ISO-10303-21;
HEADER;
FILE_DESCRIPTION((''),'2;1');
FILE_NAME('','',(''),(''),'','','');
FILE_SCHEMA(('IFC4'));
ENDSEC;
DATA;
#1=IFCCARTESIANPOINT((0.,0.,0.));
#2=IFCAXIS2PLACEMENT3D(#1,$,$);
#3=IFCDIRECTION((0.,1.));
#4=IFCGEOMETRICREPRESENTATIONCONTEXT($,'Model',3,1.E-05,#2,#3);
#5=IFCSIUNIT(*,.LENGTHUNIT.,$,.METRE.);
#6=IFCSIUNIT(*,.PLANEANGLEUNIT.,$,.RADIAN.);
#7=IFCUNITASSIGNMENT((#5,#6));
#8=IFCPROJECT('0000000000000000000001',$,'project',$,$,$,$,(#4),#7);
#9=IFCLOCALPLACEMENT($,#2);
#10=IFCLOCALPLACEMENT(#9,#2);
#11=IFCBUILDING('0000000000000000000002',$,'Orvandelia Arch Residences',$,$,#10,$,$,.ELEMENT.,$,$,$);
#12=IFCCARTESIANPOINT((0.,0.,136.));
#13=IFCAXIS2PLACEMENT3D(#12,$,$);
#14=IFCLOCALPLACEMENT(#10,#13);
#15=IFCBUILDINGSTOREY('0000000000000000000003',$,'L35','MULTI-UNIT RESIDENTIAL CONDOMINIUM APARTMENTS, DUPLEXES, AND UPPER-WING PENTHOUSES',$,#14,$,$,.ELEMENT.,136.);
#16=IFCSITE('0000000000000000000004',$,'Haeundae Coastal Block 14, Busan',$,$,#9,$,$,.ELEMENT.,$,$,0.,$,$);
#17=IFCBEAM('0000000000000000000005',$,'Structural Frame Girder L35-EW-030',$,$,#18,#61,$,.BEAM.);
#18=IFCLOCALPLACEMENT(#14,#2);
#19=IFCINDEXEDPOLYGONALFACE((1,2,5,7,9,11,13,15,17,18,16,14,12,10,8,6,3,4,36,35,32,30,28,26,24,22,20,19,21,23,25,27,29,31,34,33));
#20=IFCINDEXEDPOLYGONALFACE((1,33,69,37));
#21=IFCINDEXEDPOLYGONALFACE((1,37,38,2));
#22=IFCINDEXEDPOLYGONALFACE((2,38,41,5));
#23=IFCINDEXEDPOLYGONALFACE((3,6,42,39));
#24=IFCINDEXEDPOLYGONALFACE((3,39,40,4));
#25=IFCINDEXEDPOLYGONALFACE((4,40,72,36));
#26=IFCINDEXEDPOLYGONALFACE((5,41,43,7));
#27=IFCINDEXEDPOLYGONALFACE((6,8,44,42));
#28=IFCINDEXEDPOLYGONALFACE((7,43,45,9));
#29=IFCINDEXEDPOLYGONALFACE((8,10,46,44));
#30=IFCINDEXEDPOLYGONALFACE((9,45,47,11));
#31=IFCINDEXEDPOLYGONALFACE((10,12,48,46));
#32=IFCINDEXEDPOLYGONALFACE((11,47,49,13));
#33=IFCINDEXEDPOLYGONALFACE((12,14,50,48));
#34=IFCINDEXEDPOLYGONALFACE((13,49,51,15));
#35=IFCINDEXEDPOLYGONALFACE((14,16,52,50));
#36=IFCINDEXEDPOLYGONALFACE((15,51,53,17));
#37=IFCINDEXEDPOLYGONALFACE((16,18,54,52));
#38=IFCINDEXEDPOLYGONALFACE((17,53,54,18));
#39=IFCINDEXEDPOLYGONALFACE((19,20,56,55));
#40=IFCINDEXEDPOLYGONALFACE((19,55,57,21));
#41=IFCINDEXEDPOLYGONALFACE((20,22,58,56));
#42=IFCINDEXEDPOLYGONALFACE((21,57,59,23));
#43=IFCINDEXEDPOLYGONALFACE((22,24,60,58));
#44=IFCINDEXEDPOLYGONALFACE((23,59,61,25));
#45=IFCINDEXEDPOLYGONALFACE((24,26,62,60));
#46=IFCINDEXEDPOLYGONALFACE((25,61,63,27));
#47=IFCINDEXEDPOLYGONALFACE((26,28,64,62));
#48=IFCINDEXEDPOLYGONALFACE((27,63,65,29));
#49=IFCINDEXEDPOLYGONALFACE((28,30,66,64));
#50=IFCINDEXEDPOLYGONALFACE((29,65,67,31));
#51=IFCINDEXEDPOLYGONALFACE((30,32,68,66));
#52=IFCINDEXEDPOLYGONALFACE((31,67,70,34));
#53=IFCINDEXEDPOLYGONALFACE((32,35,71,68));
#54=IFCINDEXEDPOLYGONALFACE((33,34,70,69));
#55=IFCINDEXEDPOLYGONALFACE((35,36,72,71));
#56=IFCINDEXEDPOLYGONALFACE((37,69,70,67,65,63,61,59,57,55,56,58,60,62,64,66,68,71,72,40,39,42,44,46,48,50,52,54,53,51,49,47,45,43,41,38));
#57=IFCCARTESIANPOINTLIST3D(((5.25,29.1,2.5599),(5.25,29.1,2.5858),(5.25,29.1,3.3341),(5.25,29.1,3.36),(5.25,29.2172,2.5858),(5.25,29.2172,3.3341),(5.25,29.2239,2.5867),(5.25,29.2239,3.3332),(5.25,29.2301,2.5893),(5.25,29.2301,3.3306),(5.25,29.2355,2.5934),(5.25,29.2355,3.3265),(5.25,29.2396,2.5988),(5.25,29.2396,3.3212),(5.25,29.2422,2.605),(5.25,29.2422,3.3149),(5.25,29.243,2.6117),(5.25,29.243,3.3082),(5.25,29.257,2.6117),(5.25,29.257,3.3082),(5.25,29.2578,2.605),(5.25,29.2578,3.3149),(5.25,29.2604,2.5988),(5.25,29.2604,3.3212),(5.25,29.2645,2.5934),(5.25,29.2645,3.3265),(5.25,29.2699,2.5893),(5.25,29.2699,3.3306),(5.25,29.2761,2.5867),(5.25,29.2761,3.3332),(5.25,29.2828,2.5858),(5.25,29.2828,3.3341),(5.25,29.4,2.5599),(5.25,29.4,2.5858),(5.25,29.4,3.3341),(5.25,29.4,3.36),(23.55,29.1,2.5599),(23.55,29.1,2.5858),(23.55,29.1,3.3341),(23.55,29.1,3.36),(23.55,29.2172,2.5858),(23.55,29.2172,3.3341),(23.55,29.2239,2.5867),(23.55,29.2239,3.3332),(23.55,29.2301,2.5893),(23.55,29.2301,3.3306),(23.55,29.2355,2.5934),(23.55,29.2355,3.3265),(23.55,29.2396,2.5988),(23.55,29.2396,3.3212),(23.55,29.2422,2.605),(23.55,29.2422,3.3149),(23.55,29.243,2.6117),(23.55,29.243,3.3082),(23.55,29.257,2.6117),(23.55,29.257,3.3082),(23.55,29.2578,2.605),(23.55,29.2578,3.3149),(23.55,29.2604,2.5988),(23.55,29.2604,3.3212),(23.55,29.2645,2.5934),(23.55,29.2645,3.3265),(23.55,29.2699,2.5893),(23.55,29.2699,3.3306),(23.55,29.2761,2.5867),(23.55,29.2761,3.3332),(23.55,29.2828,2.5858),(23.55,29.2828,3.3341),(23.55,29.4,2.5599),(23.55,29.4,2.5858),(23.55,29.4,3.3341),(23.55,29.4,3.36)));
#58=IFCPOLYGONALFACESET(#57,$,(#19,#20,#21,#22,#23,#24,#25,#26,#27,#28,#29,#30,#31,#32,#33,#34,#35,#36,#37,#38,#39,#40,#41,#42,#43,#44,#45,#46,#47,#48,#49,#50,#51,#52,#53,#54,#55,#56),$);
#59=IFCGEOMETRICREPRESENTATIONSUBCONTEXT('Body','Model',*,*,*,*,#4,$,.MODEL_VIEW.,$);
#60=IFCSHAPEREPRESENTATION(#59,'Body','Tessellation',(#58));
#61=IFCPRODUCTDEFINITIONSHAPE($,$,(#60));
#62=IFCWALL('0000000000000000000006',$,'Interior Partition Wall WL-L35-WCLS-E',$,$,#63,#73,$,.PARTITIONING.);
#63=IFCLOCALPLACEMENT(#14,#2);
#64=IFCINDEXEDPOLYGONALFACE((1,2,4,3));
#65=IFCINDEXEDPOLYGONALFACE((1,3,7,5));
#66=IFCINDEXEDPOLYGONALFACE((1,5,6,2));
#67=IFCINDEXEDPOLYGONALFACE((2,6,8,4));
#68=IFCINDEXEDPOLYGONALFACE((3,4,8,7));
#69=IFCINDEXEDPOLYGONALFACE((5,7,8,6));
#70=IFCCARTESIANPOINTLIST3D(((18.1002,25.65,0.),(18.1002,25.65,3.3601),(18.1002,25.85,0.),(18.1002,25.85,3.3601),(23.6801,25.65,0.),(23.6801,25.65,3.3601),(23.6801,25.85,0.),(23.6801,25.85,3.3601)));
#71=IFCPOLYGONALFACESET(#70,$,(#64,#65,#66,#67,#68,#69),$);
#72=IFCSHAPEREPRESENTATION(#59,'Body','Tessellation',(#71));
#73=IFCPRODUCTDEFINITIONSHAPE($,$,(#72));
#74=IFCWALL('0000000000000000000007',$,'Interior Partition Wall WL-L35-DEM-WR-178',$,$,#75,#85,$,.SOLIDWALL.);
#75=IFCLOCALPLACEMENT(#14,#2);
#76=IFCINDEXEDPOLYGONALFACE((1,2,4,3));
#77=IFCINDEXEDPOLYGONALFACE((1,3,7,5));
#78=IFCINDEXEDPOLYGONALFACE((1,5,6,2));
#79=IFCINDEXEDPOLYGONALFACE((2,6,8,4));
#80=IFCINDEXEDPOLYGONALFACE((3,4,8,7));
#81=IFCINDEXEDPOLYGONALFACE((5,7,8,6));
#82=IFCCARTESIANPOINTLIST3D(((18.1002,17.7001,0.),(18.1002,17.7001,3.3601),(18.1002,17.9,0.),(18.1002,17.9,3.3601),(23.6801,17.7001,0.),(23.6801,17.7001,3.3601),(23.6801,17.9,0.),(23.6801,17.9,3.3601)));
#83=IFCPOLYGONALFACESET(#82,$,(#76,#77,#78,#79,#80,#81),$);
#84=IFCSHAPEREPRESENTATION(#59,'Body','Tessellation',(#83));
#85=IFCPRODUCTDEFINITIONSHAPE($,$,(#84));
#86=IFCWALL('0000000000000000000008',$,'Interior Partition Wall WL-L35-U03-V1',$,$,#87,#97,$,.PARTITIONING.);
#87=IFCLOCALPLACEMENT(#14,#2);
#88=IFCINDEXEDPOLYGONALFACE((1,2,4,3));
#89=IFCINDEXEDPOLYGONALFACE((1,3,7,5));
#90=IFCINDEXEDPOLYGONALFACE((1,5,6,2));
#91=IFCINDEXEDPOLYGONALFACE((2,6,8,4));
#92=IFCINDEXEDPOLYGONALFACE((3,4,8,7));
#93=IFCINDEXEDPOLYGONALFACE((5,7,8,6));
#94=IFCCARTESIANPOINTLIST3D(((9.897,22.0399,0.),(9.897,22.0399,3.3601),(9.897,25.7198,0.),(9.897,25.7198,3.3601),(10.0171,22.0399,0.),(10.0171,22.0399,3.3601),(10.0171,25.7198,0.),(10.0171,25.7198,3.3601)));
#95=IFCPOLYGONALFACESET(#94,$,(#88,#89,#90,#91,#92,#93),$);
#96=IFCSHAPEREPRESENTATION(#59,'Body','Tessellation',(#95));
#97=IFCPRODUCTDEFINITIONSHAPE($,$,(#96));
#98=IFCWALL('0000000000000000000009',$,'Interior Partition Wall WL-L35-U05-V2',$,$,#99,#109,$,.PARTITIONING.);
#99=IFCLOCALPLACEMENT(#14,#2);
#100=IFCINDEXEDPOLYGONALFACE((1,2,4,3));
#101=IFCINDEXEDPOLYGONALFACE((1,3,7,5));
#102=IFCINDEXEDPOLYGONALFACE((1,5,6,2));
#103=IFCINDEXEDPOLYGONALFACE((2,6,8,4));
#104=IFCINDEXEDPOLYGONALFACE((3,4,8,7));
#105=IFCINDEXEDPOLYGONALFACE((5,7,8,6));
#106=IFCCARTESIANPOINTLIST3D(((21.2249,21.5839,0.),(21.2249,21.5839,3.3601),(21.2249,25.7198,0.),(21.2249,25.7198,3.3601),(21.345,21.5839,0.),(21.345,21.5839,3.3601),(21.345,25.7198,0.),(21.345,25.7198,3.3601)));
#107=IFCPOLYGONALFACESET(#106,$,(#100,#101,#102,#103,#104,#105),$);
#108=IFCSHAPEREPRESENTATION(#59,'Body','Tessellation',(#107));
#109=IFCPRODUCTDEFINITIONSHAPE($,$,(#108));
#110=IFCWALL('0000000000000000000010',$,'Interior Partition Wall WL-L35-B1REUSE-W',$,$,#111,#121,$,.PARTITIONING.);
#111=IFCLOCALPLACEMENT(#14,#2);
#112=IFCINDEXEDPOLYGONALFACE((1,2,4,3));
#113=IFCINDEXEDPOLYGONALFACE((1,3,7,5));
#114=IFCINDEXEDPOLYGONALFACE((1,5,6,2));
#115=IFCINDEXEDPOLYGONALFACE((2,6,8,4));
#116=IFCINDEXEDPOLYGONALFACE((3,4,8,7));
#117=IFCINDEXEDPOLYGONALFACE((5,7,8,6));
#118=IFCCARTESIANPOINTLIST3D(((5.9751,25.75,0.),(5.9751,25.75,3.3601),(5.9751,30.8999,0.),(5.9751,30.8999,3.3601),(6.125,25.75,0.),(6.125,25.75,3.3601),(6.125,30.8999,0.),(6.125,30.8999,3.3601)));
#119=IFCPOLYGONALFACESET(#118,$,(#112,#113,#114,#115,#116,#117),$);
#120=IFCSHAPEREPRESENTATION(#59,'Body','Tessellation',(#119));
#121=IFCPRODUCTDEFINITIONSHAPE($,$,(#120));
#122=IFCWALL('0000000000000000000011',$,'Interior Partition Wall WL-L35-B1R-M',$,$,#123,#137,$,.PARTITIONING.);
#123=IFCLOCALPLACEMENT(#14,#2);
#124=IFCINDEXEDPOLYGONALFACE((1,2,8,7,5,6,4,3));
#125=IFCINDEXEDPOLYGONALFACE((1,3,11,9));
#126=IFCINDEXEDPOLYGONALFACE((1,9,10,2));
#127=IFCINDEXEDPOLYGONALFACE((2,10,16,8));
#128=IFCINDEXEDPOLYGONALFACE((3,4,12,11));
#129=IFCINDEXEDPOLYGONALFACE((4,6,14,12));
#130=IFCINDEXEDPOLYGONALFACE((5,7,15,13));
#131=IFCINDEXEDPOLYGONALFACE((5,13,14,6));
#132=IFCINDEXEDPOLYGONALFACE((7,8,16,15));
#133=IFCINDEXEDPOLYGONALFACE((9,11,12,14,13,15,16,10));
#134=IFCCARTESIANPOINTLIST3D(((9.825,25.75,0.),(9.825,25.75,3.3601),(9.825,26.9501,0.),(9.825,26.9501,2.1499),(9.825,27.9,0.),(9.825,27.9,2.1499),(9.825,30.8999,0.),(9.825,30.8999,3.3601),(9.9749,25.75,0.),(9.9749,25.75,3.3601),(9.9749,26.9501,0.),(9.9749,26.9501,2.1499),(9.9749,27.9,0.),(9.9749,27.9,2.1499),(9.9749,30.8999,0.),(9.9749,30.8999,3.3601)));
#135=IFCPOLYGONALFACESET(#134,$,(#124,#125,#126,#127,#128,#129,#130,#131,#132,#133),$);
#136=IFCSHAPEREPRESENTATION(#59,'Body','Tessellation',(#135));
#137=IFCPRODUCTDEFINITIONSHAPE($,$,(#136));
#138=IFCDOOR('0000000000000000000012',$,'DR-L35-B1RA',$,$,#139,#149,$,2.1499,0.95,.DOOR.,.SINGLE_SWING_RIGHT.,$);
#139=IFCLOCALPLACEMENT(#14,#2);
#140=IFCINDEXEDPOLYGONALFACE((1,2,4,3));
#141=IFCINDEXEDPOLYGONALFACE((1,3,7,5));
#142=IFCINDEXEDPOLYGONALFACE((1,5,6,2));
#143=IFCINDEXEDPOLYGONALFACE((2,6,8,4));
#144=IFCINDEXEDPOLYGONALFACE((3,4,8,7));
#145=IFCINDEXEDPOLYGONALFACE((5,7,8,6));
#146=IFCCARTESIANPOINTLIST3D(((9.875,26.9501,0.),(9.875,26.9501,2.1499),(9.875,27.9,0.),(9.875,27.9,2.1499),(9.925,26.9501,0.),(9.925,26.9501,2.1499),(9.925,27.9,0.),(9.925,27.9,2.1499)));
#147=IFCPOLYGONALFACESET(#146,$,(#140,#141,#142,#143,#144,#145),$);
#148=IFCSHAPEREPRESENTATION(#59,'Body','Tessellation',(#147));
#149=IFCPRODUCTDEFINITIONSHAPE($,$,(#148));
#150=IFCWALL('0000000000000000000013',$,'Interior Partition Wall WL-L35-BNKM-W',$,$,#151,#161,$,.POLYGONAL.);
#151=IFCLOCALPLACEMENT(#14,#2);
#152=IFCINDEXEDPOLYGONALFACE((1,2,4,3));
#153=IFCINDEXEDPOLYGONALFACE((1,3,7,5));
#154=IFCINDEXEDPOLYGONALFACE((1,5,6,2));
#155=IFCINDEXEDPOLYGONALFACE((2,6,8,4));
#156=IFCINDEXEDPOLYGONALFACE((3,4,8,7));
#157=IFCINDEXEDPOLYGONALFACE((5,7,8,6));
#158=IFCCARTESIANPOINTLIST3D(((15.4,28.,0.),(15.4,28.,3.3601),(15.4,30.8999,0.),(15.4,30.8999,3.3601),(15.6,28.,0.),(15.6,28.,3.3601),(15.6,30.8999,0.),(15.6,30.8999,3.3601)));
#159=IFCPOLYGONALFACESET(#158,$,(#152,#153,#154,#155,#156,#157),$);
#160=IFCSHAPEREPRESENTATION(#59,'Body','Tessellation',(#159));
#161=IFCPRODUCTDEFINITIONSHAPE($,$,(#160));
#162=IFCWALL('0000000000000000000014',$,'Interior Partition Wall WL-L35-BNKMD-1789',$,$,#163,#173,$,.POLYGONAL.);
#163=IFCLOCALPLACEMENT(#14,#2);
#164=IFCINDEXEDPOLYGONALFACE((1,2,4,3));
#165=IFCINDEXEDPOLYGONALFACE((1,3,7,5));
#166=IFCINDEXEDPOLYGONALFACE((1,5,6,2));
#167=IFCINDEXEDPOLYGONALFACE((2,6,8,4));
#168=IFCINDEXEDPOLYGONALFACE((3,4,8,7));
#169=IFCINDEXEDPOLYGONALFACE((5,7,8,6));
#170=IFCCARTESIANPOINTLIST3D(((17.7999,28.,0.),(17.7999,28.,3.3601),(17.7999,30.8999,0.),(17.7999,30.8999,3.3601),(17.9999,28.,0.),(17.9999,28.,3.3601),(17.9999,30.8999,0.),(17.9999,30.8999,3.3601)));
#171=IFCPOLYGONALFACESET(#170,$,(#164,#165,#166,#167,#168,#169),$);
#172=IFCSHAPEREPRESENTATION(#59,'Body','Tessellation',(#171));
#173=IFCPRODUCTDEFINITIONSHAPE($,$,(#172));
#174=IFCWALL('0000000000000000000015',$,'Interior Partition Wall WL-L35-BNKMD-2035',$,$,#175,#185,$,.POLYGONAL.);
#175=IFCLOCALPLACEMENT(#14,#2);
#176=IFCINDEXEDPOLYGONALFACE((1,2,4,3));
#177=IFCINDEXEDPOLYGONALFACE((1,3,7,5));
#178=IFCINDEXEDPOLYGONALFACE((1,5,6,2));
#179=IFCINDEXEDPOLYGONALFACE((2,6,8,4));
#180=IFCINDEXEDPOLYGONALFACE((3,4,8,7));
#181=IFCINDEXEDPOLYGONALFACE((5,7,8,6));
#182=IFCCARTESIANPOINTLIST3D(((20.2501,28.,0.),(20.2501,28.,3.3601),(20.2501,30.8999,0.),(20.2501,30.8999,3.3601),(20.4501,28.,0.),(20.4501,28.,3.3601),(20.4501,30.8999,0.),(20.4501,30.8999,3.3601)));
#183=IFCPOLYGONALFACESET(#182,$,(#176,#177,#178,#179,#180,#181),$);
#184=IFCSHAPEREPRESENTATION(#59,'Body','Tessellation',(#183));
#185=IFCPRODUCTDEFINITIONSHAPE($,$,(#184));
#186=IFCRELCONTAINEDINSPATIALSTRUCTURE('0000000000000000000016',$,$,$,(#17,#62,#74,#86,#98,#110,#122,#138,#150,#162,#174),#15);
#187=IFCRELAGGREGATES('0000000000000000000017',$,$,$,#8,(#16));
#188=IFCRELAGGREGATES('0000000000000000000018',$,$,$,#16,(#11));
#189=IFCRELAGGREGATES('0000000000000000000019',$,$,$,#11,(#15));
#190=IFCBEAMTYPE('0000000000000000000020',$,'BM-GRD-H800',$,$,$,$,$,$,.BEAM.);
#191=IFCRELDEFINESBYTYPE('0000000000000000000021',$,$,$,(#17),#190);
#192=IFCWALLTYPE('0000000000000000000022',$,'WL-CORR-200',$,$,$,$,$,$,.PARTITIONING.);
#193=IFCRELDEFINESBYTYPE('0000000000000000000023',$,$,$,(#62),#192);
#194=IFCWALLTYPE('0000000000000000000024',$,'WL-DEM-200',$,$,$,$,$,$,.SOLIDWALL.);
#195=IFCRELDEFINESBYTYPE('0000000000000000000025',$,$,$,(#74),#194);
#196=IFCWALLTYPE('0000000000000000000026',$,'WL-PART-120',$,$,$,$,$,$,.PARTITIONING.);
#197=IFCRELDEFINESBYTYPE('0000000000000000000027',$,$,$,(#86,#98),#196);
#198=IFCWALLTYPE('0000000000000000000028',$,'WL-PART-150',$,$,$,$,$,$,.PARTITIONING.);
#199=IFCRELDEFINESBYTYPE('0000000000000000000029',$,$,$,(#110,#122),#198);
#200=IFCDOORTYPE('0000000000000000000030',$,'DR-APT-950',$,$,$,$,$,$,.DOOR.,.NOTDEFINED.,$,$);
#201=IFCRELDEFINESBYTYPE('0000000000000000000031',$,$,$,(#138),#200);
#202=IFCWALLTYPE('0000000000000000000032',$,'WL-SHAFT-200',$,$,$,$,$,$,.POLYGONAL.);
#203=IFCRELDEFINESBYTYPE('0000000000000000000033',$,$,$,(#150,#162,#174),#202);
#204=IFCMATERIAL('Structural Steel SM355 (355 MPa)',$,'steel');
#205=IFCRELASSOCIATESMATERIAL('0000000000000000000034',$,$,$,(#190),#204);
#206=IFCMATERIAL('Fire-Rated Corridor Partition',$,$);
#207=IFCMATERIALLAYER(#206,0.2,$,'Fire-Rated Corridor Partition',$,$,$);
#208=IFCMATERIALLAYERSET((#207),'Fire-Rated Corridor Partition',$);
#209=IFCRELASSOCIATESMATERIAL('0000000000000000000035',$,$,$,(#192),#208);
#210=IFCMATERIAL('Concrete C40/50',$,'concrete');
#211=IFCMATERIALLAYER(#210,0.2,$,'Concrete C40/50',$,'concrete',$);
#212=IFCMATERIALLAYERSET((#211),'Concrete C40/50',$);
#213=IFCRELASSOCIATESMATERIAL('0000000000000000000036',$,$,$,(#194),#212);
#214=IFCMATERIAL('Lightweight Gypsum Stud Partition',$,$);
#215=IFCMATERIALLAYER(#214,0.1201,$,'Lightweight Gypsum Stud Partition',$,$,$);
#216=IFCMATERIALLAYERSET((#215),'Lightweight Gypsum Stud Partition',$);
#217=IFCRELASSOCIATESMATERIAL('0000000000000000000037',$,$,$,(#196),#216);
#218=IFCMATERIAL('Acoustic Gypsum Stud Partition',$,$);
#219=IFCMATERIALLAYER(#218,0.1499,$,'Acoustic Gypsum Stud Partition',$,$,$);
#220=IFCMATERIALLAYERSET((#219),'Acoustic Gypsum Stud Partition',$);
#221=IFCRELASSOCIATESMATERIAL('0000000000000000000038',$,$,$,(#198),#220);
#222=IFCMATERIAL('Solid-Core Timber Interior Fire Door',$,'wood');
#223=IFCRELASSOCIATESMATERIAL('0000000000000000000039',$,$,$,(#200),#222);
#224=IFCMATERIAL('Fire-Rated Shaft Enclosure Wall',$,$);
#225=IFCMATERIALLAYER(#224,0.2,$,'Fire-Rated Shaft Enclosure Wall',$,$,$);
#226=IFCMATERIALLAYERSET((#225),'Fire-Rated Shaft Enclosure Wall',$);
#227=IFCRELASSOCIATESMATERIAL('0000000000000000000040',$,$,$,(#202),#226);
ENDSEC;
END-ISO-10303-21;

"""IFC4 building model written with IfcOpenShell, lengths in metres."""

from ifc_helpers import new_model, si_unit, direction, frame, frame_2d, origin, origin_2d, place, context, subcontext, project, spatial, rectangle, i_section, extrude, material, layer, layer_set, material_profile, profile_set, type_object, element, fill, save


model = new_model("IFC4")

# Units and contexts
model_context = context("Model", 3, precision=1e-05, world=origin(), true_north=direction((0.0, 1.0)))
body_context = subcontext(model_context, "Body", "Model", "MODEL_VIEW")
ifc_project = project(units=[si_unit("LENGTHUNIT", "METRE"), si_unit("PLANEANGLEUNIT", "RADIAN")], contexts=[model_context])

# Site, building, storey
site_placement = place(None, origin())
site = spatial("IfcSite", under=ifc_project, at=site_placement, Name="Haeundae Coastal Block 14, Busan", CompositionType="ELEMENT", RefElevation=0.0)
building_placement = place(site_placement, origin())
building = spatial("IfcBuilding", under=site, at=building_placement, Name="Orvandelia Arch Residences", CompositionType="ELEMENT")
storey_placement = place(building_placement, frame((0.0, 0.0, 136.0)))
storey = spatial("IfcBuildingStorey", under=building, at=storey_placement, Name="L35", Description="MULTI-UNIT RESIDENTIAL CONDOMINIUM APARTMENTS, DUPLEXES, AND UPPER-WING PENTHOUSES", CompositionType="ELEMENT", Elevation=136.0)

# Beam
ifc_material_1 = material(Name="Structural Steel SM355 (355 MPa)", Category="steel")
ifc_material_profile = material_profile(ifc_material_1, i_section(OverallWidth=0.3, OverallDepth=0.8, WebThickness=0.0139, FlangeThickness=0.0259, FilletRadius=0.0259, at=origin_2d()), Name="Structural Steel SM355 (355 MPa)", Category="steel")
ifc_profile_set = profile_set([ifc_material_profile], Name="Structural Steel SM355 (355 MPa)")
beam_type = type_object("IfcBeamType", Name="BM-GRD-H800", PredefinedType="BEAM", material=ifc_profile_set)
beam_placement = place(storey_placement, frame((5.25, 29.25, 2.96), z_axis=(1.0, 0.0, 0.0), x_axis=(0.0, 1.0, 0.0)))
element("IfcBeam", 1, at=beam_placement, inside=storey, type_object=beam_type, Name="Structural Frame Girder L35-EW-030", PredefinedType="BEAM", context=body_context, shape_type="SweptSolid", body=[
    extrude(i_section(OverallWidth=0.3, OverallDepth=0.8, WebThickness=0.0139, FlangeThickness=0.0259, FilletRadius=0.0259, at=origin_2d()), origin(), (0.0, 0.0, 1.0), 18.3),
])

# Walls
ifc_material_2 = material(Name="Fire-Rated Corridor Partition")
ifc_layer_1 = layer(ifc_material_2, 0.2, Name="Fire-Rated Corridor Partition")
ifc_layer_set_1 = layer_set([ifc_layer_1], Name="Fire-Rated Corridor Partition")
wall_type_1 = type_object("IfcWallType", Name="WL-CORR-200", PredefinedType="PARTITIONING", material=ifc_layer_set_1)
wall_1_placement = place(storey_placement, frame((18.1001, 25.75, 0.0), z_axis=(0.0, 0.0, 1.0), x_axis=(1.0, 0.0, 0.0)))
element("IfcWall", 2, at=wall_1_placement, inside=storey, type_object=wall_type_1, Name="Interior Partition Wall WL-L35-WCLS-E", PredefinedType="PARTITIONING", context=body_context, shape_type="SweptSolid", body=[
    extrude(rectangle(XDim=5.5798, YDim=0.2, at=frame_2d((2.79, 0.0))), origin(), (0.0, 0.0, 1.0), 3.3601),
])
ifc_material_3 = material(Name="Concrete C40/50", Category="concrete")
ifc_layer_2 = layer(ifc_material_3, 0.2, Name="Concrete C40/50", Category="concrete")
ifc_layer_set_2 = layer_set([ifc_layer_2], Name="Concrete C40/50")
wall_type_2 = type_object("IfcWallType", Name="WL-DEM-200", PredefinedType="SOLIDWALL", material=ifc_layer_set_2)
wall_2_placement = place(storey_placement, frame((18.1001, 17.8, 0.0), z_axis=(0.0, 0.0, 1.0), x_axis=(1.0, 0.0, 0.0)))
element("IfcWall", 3, at=wall_2_placement, inside=storey, type_object=wall_type_2, Name="Interior Partition Wall WL-L35-DEM-WR-178", PredefinedType="SOLIDWALL", context=body_context, shape_type="SweptSolid", body=[
    extrude(rectangle(XDim=5.5798, YDim=0.2, at=frame_2d((2.79, 0.0))), origin(), (0.0, 0.0, 1.0), 3.3601),
])
ifc_material_4 = material(Name="Lightweight Gypsum Stud Partition")
ifc_layer_3 = layer(ifc_material_4, 0.1201, Name="Lightweight Gypsum Stud Partition")
ifc_layer_set_3 = layer_set([ifc_layer_3], Name="Lightweight Gypsum Stud Partition")
wall_type_3 = type_object("IfcWallType", Name="WL-PART-120", PredefinedType="PARTITIONING", material=ifc_layer_set_3)
wall_3_placement = place(storey_placement, frame((9.957, 22.04, 0.0), z_axis=(0.0, 0.0, 1.0), x_axis=(0.0, 1.0, 0.0)))
element("IfcWall", 4, at=wall_3_placement, inside=storey, type_object=wall_type_3, Name="Interior Partition Wall WL-L35-U03-V1", PredefinedType="PARTITIONING", context=body_context, shape_type="SweptSolid", body=[
    extrude(rectangle(XDim=3.6799, YDim=0.1201, at=frame_2d((1.8398, 0.0))), origin(), (0.0, 0.0, 1.0), 3.3601),
])
wall_4_placement = place(storey_placement, frame((21.2849, 21.584, 0.0), z_axis=(0.0, 0.0, 1.0), x_axis=(0.0, 1.0, 0.0)))
element("IfcWall", 5, at=wall_4_placement, inside=storey, type_object=wall_type_3, Name="Interior Partition Wall WL-L35-U05-V2", PredefinedType="PARTITIONING", context=body_context, shape_type="SweptSolid", body=[
    extrude(rectangle(XDim=4.136, YDim=0.1201, at=frame_2d((2.0679, 0.0))), origin(), (0.0, 0.0, 1.0), 3.3601),
])
ifc_material_5 = material(Name="Acoustic Gypsum Stud Partition")
ifc_layer_4 = layer(ifc_material_5, 0.1499, Name="Acoustic Gypsum Stud Partition")
ifc_layer_set_4 = layer_set([ifc_layer_4], Name="Acoustic Gypsum Stud Partition")
wall_type_4 = type_object("IfcWallType", Name="WL-PART-150", PredefinedType="PARTITIONING", material=ifc_layer_set_4)
wall_5_placement = place(storey_placement, frame((6.05, 25.75, 0.0), z_axis=(0.0, 0.0, 1.0), x_axis=(0.0, 1.0, 0.0)))
element("IfcWall", 6, at=wall_5_placement, inside=storey, type_object=wall_type_4, Name="Interior Partition Wall WL-L35-B1REUSE-W", PredefinedType="PARTITIONING", context=body_context, shape_type="SweptSolid", body=[
    extrude(rectangle(XDim=5.1499, YDim=0.1499, at=frame_2d((2.575, 0.0))), origin(), (0.0, 0.0, 1.0), 3.3601),
])

# Wall, opening, door
wall_6_placement = place(storey_placement, frame((9.8999, 25.75, 0.0), z_axis=(0.0, 0.0, 1.0), x_axis=(0.0, 1.0, 0.0)))
wall_6 = element("IfcWall", 7, at=wall_6_placement, inside=storey, type_object=wall_type_4, Name="Interior Partition Wall WL-L35-B1R-M", PredefinedType="PARTITIONING", context=body_context, shape_type="SweptSolid", body=[
    extrude(rectangle(XDim=5.1499, YDim=0.1499, at=frame_2d((2.575, 0.0))), origin(), (0.0, 0.0, 1.0), 3.3601),
])
opening_1_placement = place(wall_6_placement, frame((1.2, 0.0, 0.0)))
opening_1 = element("IfcOpeningElement", 8, at=opening_1_placement, cuts=wall_6, PredefinedType="OPENING", context=body_context, shape_type="SweptSolid", body=[
    extrude(rectangle(XDim=0.95, YDim=2.1499, at=frame_2d((0.4751, 1.075))), frame((0.0, 0.085, 0.0), z_axis=(0.0, -1.0, 0.0), x_axis=(1.0, 0.0, 0.0)), (0.0, 0.0, 1.0), 0.1699),
])
ifc_material_6 = material(Name="Solid-Core Timber Interior Fire Door", Category="wood")
door_type_1 = type_object("IfcDoorType", Name="DR-APT-950", OperationType="NOTDEFINED", PredefinedType="DOOR", material=ifc_material_6)
door_1_placement = place(opening_1_placement, origin())
door_1 = element("IfcDoor", 9, at=door_1_placement, inside=storey, type_object=door_type_1, Name="DR-L35-B1RA", OperationType="SINGLE_SWING_RIGHT", OverallHeight=2.1499, OverallWidth=0.95, PredefinedType="DOOR", context=body_context, shape_type="SweptSolid", body=[
    extrude(rectangle(XDim=0.95, YDim=2.1499, at=frame_2d((0.4751, 1.075))), frame((0.0, 0.0249, 0.0), z_axis=(0.0, -1.0, 0.0), x_axis=(1.0, 0.0, 0.0)), (0.0, 0.0, 1.0), 0.05),
])
fill(opening_1, door_1)
ifc_material_7 = material(Name="Fire-Rated Shaft Enclosure Wall")
ifc_layer_5 = layer(ifc_material_7, 0.2, Name="Fire-Rated Shaft Enclosure Wall")
ifc_layer_set_5 = layer_set([ifc_layer_5], Name="Fire-Rated Shaft Enclosure Wall")
wall_type_5 = type_object("IfcWallType", Name="WL-SHAFT-200", PredefinedType="POLYGONAL", material=ifc_layer_set_5)

# Walls
for number, where, z_axis, x_axis, name in (
    (10, (15.5, 28.0, 0.0), (0.0, 0.0, 1.0), (0.0, 1.0, 0.0), "Interior Partition Wall WL-L35-BNKM-W"),
    (11, (17.8999, 28.0, 0.0), (0.0, 0.0, 1.0), (0.0, 1.0, 0.0), "Interior Partition Wall WL-L35-BNKMD-1789"),
    (12, (20.3501, 28.0, 0.0), (0.0, 0.0, 1.0), (0.0, 1.0, 0.0), "Interior Partition Wall WL-L35-BNKMD-2035"),
):
    element("IfcWall", number, at=place(storey_placement, frame(where, z_axis=z_axis, x_axis=x_axis)), inside=storey, type_object=wall_type_5, Name=name, PredefinedType="POLYGONAL", context=body_context, shape_type="SweptSolid", body=[
        extrude(rectangle(XDim=2.8999, YDim=0.2, at=frame_2d((1.45, 0.0))), origin(), (0.0, 0.0, 1.0), 3.3601),
    ])

save(model, "model.ifc")
